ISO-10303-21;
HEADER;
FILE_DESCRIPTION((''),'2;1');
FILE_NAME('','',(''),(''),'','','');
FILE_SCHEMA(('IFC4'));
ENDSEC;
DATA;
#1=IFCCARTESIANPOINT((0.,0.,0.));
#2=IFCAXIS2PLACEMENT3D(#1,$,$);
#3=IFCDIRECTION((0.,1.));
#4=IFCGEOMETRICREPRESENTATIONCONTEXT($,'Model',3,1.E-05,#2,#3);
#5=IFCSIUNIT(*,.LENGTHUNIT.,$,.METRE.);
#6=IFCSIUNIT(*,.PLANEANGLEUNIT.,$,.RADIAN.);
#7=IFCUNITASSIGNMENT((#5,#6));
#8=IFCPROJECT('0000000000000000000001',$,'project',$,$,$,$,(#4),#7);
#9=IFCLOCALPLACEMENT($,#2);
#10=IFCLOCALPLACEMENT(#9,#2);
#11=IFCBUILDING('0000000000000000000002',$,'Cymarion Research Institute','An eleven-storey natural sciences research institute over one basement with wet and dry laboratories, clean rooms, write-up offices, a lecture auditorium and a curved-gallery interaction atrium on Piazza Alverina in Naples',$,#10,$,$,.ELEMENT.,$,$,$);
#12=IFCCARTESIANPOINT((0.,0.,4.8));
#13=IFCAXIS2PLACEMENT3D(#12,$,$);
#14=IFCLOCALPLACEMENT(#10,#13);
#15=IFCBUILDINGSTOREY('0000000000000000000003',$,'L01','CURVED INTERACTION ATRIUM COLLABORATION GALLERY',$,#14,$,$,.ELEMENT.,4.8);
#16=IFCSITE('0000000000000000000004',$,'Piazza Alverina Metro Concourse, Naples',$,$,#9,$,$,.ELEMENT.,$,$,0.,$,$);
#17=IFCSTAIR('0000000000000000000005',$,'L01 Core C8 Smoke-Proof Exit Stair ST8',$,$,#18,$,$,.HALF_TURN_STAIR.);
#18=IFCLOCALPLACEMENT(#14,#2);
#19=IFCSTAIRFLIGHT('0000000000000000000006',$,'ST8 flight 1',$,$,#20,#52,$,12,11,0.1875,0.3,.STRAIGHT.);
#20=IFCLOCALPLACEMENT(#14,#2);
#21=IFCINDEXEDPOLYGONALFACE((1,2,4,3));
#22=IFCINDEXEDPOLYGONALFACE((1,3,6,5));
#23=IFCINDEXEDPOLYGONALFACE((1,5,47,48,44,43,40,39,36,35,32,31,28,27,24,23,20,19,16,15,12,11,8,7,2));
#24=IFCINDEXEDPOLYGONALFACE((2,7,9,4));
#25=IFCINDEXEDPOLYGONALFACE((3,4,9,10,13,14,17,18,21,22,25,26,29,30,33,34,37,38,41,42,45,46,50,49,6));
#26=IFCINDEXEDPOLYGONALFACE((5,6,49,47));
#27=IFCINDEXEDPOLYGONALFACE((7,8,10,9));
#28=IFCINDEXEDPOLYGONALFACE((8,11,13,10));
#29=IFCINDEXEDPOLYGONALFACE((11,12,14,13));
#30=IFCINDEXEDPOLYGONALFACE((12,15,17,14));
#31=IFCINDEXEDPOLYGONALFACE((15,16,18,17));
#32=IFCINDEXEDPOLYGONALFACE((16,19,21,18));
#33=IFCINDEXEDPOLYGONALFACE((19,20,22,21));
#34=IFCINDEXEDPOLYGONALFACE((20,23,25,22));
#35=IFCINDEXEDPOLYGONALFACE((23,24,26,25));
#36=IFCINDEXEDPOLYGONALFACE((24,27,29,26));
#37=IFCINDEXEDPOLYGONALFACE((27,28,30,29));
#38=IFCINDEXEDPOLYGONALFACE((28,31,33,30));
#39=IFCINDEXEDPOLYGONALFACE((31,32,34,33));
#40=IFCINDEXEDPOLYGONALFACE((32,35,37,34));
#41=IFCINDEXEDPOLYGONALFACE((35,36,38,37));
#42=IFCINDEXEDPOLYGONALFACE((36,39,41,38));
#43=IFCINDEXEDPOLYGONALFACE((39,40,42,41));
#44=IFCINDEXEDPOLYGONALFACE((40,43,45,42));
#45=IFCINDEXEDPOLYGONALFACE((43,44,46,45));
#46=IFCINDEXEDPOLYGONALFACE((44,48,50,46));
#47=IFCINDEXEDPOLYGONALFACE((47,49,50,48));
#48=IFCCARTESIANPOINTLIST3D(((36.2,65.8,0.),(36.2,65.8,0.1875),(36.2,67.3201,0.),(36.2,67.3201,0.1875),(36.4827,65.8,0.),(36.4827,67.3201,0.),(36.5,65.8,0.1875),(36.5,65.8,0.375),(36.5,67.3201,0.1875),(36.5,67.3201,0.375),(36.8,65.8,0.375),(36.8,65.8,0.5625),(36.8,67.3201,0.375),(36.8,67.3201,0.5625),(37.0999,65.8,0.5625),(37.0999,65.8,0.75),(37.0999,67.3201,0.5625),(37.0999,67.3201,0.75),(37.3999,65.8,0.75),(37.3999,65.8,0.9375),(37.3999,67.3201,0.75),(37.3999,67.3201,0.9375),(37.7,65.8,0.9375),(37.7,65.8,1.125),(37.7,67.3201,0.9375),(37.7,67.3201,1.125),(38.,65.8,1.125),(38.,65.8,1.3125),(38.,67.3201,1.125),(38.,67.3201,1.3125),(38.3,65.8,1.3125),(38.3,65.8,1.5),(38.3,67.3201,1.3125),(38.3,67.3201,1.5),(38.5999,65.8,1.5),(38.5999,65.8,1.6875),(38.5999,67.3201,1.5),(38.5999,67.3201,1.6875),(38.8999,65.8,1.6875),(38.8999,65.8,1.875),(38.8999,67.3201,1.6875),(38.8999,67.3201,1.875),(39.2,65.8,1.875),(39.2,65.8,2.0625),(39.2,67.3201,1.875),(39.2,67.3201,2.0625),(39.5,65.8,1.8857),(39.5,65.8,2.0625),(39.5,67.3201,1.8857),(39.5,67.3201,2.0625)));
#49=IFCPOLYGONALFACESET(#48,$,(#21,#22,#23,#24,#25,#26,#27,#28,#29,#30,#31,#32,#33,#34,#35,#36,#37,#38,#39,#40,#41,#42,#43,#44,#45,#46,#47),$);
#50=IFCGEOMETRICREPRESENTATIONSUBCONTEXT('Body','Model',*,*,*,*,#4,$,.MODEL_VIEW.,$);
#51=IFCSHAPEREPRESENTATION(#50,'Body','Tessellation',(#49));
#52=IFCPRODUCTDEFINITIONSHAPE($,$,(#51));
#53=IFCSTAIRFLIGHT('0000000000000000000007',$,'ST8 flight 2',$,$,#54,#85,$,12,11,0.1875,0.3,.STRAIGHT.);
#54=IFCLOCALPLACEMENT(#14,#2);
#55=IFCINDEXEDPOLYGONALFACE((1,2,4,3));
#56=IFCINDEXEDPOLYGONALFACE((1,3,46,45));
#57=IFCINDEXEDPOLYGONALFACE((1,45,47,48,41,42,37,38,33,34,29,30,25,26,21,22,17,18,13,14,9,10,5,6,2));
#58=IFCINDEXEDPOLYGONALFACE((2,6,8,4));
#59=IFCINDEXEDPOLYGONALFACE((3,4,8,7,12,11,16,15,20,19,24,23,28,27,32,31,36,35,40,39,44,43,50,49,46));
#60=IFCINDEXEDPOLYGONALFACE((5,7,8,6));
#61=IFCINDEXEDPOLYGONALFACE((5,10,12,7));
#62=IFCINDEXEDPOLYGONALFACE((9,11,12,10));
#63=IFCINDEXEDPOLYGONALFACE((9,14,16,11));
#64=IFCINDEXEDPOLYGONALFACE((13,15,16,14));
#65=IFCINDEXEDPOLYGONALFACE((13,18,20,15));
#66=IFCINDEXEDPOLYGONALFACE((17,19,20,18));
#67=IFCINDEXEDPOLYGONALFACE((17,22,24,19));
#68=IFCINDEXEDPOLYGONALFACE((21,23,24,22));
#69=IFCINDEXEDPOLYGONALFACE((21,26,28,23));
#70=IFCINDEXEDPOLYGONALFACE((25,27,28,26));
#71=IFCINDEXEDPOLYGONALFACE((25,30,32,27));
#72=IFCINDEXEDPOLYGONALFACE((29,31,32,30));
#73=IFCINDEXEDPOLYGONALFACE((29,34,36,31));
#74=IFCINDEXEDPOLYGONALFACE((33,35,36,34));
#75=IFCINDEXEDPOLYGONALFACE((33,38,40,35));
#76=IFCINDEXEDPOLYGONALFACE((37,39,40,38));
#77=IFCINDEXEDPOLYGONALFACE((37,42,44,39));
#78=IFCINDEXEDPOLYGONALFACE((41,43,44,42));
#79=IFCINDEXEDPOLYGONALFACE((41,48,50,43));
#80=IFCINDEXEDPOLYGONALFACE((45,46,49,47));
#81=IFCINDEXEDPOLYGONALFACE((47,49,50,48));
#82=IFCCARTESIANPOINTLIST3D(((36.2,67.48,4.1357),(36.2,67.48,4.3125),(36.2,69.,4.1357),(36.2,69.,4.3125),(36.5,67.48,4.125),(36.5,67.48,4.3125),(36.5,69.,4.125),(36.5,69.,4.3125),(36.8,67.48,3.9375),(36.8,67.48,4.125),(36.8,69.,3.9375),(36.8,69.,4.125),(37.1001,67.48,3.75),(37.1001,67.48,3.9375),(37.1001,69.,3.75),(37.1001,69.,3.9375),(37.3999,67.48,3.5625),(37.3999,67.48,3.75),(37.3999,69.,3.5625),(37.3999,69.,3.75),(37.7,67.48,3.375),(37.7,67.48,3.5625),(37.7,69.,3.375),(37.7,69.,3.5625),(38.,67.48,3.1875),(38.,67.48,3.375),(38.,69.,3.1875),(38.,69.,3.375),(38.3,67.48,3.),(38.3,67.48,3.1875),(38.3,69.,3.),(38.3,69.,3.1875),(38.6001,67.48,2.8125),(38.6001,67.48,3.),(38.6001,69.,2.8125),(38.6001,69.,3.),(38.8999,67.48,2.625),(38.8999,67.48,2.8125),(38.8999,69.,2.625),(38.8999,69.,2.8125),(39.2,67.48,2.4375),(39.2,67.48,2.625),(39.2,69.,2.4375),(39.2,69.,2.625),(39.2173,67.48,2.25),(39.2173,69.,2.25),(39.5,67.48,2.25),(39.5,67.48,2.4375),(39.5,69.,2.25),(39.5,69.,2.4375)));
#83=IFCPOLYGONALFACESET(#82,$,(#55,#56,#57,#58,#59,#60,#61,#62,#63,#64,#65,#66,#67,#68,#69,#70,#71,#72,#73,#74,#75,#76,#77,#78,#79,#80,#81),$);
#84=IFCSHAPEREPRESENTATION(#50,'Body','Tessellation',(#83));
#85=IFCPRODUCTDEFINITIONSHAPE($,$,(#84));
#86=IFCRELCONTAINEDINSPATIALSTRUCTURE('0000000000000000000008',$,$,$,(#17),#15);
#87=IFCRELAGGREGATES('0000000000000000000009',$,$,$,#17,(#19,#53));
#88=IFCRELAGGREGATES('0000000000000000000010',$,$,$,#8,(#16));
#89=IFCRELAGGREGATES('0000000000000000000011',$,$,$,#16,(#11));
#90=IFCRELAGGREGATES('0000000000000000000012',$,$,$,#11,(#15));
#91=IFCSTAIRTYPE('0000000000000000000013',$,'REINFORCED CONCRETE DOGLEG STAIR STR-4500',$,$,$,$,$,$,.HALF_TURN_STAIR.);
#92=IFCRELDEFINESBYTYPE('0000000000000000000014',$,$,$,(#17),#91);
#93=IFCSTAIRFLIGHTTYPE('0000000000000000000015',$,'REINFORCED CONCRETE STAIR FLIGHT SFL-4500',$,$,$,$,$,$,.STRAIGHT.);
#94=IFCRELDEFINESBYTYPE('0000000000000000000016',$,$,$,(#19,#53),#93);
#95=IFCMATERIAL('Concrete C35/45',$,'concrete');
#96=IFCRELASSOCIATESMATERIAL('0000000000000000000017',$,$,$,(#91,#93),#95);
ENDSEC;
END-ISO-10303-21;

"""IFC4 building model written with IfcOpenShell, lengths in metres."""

from ifc_helpers import new_model, si_unit, direction, frame, origin, place, context, subcontext, project, spatial, polyline, outline, extrude, material, type_object, element, aggregate, save


model = new_model("IFC4")

# Units and contexts
model_context = context("Model", 3, precision=1e-05, world=origin(), true_north=direction((0.0, 1.0)))
body_context = subcontext(model_context, "Body", "Model", "MODEL_VIEW")
ifc_project = project(units=[si_unit("LENGTHUNIT", "METRE"), si_unit("PLANEANGLEUNIT", "RADIAN")], contexts=[model_context])

# Site, building, storey
site_placement = place(None, origin())
site = spatial("IfcSite", under=ifc_project, at=site_placement, Name="Piazza Alverina Metro Concourse, Naples", CompositionType="ELEMENT", RefElevation=0.0)
building_placement = place(site_placement, origin())
building = spatial("IfcBuilding", under=site, at=building_placement, Name="Cymarion Research Institute", Description="An eleven-storey natural sciences research institute over one basement with wet and dry laboratories, clean rooms, write-up offices, a lecture auditorium and a curved-gallery interaction atrium on Piazza Alverina in Naples", CompositionType="ELEMENT")
storey_placement = place(building_placement, frame((0.0, 0.0, 4.8)))
storey = spatial("IfcBuildingStorey", under=building, at=storey_placement, Name="L01", Description="CURVED INTERACTION ATRIUM COLLABORATION GALLERY", CompositionType="ELEMENT", Elevation=4.8)

# Stair, stair flights
ifc_material_1 = material(Name="Concrete C35/45", Category="concrete")
stair_type = type_object("IfcStairType", Name="REINFORCED CONCRETE DOGLEG STAIR STR-4500", PredefinedType="HALF_TURN_STAIR", material=ifc_material_1)
stair_placement = place(storey_placement, origin())
stair = element("IfcStair", 1, at=stair_placement, inside=storey, type_object=stair_type, Name="L01 Core C8 Smoke-Proof Exit Stair ST8", PredefinedType="HALF_TURN_STAIR")
stair_flight_type = type_object("IfcStairFlightType", Name="REINFORCED CONCRETE STAIR FLIGHT SFL-4500", PredefinedType="STRAIGHT", material=ifc_material_1)
stair_flight_1_placement = place(storey_placement, frame((36.2, 66.5601, 0.0), z_axis=(0.0, 0.0, 1.0), x_axis=(1.0, 0.0, 0.0)))
stair_flight_1 = element("IfcStairFlight", 2, at=stair_flight_1_placement, type_object=stair_flight_type, Name="ST8 flight 1", NumberOfRisers=12, NumberOfTreads=11, PredefinedType="STRAIGHT", RiserHeight=0.1875, TreadLength=0.3, context=body_context, shape_type="SweptSolid", body=[
    extrude(outline(polyline([(0.0, 0.0), (0.0, 0.1875), (0.3, 0.1875), (0.3, 0.375), (0.6001, 0.375), (0.6001, 0.5625), (0.8999, 0.5625), (0.8999, 0.75), (1.2, 0.75), (1.2, 0.9375), (1.5, 0.9375), (1.5, 1.125), (1.8, 1.125), (1.8, 1.3125), (2.1001, 1.3125), (2.1001, 1.5), (2.3999, 1.5), (2.3999, 1.6875), (2.7, 1.6875), (2.7, 1.875), (3.0, 1.875), (3.0, 2.0625), (3.3, 2.0625), (3.3, 2.25), (3.3, 1.8857), (0.2827, 0.0), (0.0, 0.0)])), frame((0.0, 0.76, 0.0), z_axis=(0.0, -1.0, 0.0), x_axis=(1.0, 0.0, 0.0)), (0.0, 0.0, 1.0), 1.52),
])
stair_flight_2_placement = place(storey_placement, frame((39.5, 68.24, 2.25), z_axis=(0.0, 0.0, 1.0), x_axis=(-1.0, 0.0, 0.0)))
stair_flight_2 = element("IfcStairFlight", 3, at=stair_flight_2_placement, type_object=stair_flight_type, Name="ST8 flight 2", NumberOfRisers=12, NumberOfTreads=11, PredefinedType="STRAIGHT", RiserHeight=0.1875, TreadLength=0.3, context=body_context, shape_type="SweptSolid", body=[
    extrude(outline(polyline([(0.0, 0.0), (0.0, 0.1875), (0.3, 0.1875), (0.3, 0.375), (0.6001, 0.375), (0.6001, 0.5625), (0.8999, 0.5625), (0.8999, 0.75), (1.2, 0.75), (1.2, 0.9375), (1.5, 0.9375), (1.5, 1.125), (1.8, 1.125), (1.8, 1.3125), (2.1001, 1.3125), (2.1001, 1.5), (2.3999, 1.5), (2.3999, 1.6875), (2.7, 1.6875), (2.7, 1.875), (3.0, 1.875), (3.0, 2.0625), (3.3, 2.0625), (3.3, 2.25), (3.3, 1.8857), (0.2827, 0.0), (0.0, 0.0)])), frame((0.0, 0.76, 0.0), z_axis=(0.0, -1.0, 0.0), x_axis=(1.0, 0.0, 0.0)), (0.0, 0.0, 1.0), 1.52),
])
aggregate(stair, [stair_flight_1, stair_flight_2])

save(model, "model.ifc")
